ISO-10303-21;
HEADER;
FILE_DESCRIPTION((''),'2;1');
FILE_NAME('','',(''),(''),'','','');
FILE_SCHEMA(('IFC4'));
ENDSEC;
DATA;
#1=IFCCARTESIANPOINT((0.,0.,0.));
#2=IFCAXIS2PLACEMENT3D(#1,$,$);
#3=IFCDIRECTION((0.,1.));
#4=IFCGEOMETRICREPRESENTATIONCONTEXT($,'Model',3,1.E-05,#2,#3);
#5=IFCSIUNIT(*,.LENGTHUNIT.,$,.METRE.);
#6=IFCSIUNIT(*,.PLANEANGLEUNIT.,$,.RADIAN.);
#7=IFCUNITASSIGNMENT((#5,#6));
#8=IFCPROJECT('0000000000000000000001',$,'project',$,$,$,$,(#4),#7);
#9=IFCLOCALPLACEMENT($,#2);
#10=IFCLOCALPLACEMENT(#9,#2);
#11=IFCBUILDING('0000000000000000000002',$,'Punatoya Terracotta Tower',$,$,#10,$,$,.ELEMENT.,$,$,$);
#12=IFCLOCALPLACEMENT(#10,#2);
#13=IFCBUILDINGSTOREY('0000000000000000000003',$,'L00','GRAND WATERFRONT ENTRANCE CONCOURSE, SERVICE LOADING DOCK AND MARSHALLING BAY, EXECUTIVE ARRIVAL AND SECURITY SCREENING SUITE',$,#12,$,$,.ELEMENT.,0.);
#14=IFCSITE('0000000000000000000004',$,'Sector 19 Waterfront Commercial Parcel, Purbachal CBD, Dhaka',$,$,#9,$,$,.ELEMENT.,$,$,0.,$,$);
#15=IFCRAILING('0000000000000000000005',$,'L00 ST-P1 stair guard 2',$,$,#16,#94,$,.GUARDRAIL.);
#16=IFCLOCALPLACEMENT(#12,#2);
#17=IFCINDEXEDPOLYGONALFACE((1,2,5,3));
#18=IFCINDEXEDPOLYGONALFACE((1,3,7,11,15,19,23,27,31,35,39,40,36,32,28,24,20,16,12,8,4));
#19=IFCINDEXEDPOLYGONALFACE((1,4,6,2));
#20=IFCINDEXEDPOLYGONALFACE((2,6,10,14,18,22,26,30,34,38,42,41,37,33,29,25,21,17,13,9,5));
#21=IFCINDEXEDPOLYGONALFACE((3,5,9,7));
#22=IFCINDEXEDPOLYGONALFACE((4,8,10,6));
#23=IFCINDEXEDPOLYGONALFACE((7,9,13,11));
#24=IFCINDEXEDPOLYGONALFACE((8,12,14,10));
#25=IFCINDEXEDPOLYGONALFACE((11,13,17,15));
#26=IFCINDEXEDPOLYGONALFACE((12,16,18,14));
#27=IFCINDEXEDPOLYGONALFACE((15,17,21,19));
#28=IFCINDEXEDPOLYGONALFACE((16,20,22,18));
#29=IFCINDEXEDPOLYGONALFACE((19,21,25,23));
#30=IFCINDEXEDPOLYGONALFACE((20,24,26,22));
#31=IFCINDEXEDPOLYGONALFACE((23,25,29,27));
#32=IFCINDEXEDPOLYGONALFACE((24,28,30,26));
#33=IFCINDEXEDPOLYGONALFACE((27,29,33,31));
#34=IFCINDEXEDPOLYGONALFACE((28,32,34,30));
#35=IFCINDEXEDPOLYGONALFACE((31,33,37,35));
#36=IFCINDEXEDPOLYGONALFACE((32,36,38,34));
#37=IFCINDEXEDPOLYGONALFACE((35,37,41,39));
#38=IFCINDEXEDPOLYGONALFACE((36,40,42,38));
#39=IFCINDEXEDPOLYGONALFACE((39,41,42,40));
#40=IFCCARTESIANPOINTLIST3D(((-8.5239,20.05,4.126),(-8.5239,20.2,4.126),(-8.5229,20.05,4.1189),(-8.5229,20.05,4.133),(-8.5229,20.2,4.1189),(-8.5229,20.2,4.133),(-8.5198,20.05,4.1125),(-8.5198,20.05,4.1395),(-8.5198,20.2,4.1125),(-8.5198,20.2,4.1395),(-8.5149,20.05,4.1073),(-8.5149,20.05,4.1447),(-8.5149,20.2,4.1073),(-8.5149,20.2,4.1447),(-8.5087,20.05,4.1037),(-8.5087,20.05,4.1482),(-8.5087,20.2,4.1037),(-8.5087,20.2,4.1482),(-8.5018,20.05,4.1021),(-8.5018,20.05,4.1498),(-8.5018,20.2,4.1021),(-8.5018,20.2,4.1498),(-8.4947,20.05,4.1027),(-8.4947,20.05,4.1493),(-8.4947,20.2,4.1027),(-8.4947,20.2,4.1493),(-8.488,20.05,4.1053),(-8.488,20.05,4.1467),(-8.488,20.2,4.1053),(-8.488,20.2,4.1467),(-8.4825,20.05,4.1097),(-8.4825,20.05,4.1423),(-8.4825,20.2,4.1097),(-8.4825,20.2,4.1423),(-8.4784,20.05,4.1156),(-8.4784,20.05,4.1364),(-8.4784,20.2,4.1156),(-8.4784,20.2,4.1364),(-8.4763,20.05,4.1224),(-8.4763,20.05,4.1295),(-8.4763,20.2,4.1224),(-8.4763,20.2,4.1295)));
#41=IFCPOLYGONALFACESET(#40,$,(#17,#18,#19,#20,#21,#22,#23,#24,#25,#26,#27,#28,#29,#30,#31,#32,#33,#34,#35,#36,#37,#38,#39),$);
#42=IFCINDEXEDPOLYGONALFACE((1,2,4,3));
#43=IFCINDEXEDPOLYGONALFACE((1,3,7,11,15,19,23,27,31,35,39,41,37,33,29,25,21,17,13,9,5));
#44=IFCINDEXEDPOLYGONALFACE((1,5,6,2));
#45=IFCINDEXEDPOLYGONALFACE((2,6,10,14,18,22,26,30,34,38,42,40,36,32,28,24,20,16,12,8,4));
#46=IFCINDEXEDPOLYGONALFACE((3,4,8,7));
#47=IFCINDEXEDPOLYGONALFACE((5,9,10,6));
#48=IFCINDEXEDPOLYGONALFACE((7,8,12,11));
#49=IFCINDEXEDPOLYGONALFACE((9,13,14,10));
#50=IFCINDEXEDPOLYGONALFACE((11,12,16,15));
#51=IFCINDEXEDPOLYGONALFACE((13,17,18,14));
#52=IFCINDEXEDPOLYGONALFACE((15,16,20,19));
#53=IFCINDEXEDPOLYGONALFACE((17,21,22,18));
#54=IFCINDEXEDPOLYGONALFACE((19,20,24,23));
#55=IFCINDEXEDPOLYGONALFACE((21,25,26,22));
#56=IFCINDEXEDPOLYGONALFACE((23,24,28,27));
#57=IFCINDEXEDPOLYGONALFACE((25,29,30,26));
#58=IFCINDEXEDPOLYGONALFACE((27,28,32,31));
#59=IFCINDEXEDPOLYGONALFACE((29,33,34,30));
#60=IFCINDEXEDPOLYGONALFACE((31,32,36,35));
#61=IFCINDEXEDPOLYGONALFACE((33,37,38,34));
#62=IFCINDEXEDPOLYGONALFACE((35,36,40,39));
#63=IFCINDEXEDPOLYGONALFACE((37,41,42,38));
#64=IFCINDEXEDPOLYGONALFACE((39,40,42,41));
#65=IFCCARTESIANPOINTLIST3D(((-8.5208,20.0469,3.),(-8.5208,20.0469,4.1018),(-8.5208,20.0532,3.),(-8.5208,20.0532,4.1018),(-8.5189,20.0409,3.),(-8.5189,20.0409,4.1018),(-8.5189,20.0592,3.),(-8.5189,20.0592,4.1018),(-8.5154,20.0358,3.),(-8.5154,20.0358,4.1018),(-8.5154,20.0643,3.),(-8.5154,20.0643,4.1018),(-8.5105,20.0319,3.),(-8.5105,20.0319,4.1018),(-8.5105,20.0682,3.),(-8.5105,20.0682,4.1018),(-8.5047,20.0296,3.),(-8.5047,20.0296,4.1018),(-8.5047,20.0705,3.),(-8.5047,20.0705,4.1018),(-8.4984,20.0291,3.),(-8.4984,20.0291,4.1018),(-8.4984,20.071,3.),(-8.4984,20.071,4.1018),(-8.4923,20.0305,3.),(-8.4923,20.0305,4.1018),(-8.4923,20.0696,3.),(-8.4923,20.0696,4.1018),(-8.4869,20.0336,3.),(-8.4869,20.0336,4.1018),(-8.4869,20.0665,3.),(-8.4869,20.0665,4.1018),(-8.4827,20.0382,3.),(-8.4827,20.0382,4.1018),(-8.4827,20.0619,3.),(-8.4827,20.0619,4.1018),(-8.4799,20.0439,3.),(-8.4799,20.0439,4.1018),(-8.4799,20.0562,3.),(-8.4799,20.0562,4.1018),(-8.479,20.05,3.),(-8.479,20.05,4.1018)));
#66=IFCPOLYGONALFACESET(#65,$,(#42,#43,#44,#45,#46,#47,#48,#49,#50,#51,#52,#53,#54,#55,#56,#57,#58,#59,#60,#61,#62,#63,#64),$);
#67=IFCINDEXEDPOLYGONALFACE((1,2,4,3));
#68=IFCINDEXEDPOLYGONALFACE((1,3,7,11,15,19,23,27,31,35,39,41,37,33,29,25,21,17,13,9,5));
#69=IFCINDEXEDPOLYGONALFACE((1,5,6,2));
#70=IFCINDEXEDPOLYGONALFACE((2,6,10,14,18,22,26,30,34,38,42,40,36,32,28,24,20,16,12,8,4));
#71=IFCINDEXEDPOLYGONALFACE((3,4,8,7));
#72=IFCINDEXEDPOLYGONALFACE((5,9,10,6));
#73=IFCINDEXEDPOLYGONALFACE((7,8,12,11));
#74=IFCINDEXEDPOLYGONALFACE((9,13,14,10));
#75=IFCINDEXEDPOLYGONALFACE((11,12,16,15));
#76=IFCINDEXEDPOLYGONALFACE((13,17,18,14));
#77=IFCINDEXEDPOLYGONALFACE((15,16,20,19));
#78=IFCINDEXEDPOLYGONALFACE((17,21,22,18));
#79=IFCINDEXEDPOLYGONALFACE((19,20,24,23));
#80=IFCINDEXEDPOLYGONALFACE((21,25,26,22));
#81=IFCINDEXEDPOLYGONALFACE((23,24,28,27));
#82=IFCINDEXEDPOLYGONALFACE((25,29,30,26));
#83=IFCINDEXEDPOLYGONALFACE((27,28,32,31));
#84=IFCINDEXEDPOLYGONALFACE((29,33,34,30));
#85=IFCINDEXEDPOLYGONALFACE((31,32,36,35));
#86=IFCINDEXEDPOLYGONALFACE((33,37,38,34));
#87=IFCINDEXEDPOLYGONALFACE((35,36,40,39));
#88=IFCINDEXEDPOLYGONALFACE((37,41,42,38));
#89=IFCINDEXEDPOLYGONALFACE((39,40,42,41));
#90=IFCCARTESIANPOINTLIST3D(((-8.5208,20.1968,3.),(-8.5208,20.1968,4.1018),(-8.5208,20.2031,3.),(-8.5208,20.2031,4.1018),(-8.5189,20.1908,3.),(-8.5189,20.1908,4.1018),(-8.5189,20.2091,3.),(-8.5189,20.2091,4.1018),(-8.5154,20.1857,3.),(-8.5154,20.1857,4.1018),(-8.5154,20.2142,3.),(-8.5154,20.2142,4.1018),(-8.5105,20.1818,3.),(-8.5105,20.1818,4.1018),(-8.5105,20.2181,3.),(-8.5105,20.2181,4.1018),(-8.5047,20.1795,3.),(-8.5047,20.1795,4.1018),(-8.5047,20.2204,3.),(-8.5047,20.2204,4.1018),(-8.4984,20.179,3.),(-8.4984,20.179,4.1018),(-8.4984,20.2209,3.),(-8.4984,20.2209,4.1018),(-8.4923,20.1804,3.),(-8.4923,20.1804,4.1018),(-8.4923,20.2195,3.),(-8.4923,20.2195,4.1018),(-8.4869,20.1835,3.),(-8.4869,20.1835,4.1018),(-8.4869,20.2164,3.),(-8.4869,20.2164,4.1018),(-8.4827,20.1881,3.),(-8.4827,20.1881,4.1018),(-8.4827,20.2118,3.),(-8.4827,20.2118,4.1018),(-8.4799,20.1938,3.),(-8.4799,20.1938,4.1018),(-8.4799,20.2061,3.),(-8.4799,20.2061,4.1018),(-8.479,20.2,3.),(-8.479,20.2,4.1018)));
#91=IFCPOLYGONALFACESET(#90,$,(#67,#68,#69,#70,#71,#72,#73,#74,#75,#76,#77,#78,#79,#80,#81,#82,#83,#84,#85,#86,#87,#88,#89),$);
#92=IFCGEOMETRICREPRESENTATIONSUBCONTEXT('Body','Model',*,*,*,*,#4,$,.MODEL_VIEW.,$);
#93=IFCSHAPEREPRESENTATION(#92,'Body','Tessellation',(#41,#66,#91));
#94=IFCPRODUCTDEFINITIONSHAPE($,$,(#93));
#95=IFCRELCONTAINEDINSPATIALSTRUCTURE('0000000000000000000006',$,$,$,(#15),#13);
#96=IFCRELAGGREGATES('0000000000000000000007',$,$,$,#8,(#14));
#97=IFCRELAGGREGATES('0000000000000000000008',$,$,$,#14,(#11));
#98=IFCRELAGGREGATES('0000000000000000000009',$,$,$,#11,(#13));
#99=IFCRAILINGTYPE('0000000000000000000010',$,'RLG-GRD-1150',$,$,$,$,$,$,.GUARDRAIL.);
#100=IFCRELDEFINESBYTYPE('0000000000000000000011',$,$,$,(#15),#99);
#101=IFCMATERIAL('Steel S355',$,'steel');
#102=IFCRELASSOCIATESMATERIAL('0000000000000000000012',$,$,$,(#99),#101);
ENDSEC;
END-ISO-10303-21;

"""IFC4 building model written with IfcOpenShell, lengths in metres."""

from ifc_helpers import new_model, si_unit, direction, frame, origin, origin_2d, place, context, subcontext, project, spatial, circle, extrude, material, type_object, element, save


model = new_model("IFC4")

# Units and contexts
model_context = context("Model", 3, precision=1e-05, world=origin(), true_north=direction((0.0, 1.0)))
body_context = subcontext(model_context, "Body", "Model", "MODEL_VIEW")
ifc_project = project(units=[si_unit("LENGTHUNIT", "METRE"), si_unit("PLANEANGLEUNIT", "RADIAN")], contexts=[model_context])

# Site, building, storey
site_placement = place(None, origin())
site = spatial("IfcSite", under=ifc_project, at=site_placement, Name="Sector 19 Waterfront Commercial Parcel, Purbachal CBD, Dhaka", CompositionType="ELEMENT", RefElevation=0.0)
building_placement = place(site_placement, origin())
building = spatial("IfcBuilding", under=site, at=building_placement, Name="Punatoya Terracotta Tower", CompositionType="ELEMENT")
storey_placement = place(building_placement, origin())
storey = spatial("IfcBuildingStorey", under=building, at=storey_placement, Name="L00", Description="GRAND WATERFRONT ENTRANCE CONCOURSE, SERVICE LOADING DOCK AND MARSHALLING BAY, EXECUTIVE ARRIVAL AND SECURITY SCREENING SUITE", CompositionType="ELEMENT", Elevation=0.0)

# Shared definitions
ifc_material_1 = material(Name="Steel S355", Category="steel")

# Railing
railing_type_1 = type_object("IfcRailingType", Name="RLG-GRD-1150", PredefinedType="GUARDRAIL", material=ifc_material_1)
railing_1_placement = place(storey_placement, frame((-8.5, 20.05, 3.0)))
element("IfcRailing", 1, at=railing_1_placement, inside=storey, type_object=railing_type_1, Name="L00 ST-P1 stair guard 2", PredefinedType="GUARDRAIL", context=body_context, shape_type="SweptSolid", body=[
    extrude(circle(Radius=0.0239, at=origin_2d()), frame((0.0, 0.0, 1.126), z_axis=(0.0, 1.0, 0.0), x_axis=(-1.0, 0.0, 0.0)), (0.0, 0.0, 1.0), 0.1499),
    extrude(circle(Radius=0.021, at=origin_2d()), origin(), (0.0, 0.0, 1.0), 1.1018),
    extrude(circle(Radius=0.021, at=origin_2d()), frame((0.0, 0.1499, 0.0)), (0.0, 0.0, 1.0), 1.1018),
])

save(model, "model.ifc")
